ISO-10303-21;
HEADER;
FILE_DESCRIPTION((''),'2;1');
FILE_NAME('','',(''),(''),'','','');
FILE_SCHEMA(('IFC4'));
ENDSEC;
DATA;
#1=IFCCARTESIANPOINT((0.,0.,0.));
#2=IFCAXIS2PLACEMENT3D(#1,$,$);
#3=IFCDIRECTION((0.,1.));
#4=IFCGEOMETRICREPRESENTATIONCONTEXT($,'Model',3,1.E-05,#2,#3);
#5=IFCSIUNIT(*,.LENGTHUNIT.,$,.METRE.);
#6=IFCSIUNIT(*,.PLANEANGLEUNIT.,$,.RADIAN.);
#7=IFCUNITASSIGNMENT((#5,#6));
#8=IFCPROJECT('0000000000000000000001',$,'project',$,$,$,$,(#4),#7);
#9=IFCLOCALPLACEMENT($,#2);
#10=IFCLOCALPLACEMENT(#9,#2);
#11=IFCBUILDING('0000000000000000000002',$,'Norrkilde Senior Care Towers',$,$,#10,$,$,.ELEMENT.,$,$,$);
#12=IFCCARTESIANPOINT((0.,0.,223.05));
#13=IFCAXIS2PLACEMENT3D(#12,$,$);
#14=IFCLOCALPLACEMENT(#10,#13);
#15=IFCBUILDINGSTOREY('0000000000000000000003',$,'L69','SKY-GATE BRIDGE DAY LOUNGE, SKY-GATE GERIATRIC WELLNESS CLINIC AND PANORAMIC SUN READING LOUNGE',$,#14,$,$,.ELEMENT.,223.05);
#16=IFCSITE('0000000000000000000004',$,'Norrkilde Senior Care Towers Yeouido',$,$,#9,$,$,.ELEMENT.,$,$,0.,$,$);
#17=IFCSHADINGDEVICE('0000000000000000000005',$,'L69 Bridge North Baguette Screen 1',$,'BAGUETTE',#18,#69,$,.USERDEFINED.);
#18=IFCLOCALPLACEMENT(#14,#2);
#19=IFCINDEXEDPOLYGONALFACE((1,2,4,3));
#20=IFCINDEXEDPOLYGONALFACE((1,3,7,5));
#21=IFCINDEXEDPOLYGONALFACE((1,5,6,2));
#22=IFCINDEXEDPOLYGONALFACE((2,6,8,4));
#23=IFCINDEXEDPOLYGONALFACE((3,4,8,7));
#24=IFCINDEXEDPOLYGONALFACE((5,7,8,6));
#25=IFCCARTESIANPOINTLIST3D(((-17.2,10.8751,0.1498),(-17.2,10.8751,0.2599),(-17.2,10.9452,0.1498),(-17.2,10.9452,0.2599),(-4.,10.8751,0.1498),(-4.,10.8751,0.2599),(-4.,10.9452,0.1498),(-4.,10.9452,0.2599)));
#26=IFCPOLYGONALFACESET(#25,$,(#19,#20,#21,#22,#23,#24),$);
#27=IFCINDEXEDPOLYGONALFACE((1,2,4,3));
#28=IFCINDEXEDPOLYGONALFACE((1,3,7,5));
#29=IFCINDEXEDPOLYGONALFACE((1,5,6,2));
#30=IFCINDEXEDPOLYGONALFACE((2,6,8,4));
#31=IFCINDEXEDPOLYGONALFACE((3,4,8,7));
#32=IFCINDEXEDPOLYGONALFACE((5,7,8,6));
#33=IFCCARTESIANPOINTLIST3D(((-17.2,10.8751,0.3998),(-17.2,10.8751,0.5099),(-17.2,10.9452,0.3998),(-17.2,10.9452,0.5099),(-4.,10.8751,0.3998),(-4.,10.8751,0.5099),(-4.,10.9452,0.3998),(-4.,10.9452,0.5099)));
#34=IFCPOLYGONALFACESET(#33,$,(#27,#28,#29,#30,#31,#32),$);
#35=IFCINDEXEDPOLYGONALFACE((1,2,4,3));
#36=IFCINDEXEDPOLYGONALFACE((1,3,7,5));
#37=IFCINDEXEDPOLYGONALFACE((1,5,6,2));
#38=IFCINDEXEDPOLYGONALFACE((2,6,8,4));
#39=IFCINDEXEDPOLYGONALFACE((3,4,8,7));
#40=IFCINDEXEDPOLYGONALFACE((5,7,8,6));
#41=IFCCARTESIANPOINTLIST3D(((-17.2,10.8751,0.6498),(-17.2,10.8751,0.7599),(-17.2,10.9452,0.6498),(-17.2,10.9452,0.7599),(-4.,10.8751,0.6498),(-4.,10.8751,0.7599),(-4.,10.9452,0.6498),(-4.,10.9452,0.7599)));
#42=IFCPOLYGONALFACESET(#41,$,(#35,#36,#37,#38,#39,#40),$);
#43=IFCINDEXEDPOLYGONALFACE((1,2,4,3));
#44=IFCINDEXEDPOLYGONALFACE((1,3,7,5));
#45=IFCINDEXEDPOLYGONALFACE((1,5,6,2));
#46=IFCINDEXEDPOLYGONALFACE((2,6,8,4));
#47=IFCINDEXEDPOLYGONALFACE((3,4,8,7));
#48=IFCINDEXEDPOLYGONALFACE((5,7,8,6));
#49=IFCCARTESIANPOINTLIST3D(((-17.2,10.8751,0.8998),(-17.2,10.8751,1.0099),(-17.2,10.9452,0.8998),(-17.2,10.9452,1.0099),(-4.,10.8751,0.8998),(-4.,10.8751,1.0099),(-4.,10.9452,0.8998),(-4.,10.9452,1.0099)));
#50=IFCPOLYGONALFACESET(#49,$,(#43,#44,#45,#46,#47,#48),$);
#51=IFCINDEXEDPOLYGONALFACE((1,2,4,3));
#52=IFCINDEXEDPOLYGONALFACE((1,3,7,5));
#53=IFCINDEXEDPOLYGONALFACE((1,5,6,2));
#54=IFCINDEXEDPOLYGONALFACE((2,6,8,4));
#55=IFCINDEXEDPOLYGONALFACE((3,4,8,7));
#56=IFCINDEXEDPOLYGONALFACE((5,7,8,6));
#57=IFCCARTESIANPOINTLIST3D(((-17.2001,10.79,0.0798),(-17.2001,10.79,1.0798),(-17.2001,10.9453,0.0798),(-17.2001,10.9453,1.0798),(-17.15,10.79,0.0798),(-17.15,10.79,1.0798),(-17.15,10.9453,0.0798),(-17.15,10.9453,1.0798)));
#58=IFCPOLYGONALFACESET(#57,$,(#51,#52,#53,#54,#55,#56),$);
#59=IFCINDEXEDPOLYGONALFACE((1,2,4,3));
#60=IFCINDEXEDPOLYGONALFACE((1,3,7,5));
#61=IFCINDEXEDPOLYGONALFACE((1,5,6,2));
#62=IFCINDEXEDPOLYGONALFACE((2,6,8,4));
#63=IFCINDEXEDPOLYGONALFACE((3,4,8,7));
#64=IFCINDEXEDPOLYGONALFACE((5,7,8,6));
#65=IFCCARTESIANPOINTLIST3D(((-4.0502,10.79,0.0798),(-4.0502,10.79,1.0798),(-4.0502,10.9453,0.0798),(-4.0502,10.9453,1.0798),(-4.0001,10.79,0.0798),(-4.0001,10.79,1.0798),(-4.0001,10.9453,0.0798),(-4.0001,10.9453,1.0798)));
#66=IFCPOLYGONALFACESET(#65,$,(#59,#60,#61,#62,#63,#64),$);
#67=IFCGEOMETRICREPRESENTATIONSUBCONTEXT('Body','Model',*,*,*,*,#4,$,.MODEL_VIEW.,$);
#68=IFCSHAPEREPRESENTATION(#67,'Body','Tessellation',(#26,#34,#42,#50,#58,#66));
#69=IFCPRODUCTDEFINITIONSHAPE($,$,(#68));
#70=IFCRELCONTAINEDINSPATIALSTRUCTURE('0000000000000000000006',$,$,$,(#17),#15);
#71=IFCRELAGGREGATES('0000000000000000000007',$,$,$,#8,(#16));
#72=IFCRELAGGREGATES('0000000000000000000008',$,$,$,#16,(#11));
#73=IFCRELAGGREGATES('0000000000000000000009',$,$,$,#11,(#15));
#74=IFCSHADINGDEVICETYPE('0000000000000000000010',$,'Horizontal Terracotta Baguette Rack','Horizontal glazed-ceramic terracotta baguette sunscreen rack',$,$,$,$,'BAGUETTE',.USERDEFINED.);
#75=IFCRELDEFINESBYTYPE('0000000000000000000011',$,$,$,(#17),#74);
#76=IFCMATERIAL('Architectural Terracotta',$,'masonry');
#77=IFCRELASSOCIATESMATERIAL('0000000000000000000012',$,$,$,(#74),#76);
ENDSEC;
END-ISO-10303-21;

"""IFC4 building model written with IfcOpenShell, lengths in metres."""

from ifc_helpers import new_model, si_unit, direction, frame, origin, origin_2d, place, context, subcontext, project, spatial, rectangle, extrude, source, transform, mapped, material, type_object, element, save


model = new_model("IFC4")

# Units and contexts
model_context = context("Model", 3, precision=1e-05, world=origin(), true_north=direction((0.0, 1.0)))
body_context = subcontext(model_context, "Body", "Model", "MODEL_VIEW")
ifc_project = project(units=[si_unit("LENGTHUNIT", "METRE"), si_unit("PLANEANGLEUNIT", "RADIAN")], contexts=[model_context])

# Site, building, storey
site_placement = place(None, origin())
site = spatial("IfcSite", under=ifc_project, at=site_placement, Name="Norrkilde Senior Care Towers Yeouido", CompositionType="ELEMENT", RefElevation=0.0)
building_placement = place(site_placement, origin())
building = spatial("IfcBuilding", under=site, at=building_placement, Name="Norrkilde Senior Care Towers", CompositionType="ELEMENT")
storey_placement = place(building_placement, frame((0.0, 0.0, 223.05)))
storey = spatial("IfcBuildingStorey", under=building, at=storey_placement, Name="L69", Description="SKY-GATE BRIDGE DAY LOUNGE, SKY-GATE GERIATRIC WELLNESS CLINIC AND PANORAMIC SUN READING LOUNGE", CompositionType="ELEMENT", Elevation=223.05)

# Shading device
ifc_material_1 = material(Name="Architectural Terracotta", Category="masonry")
shading_device_type = type_object("IfcShadingDeviceType", Name="Horizontal Terracotta Baguette Rack", Description="Horizontal glazed-ceramic terracotta baguette sunscreen rack", ElementType="BAGUETTE", PredefinedType="USERDEFINED", material=ifc_material_1)
shared_shape_1 = source(origin(), body_context, "Body", "SweptSolid", [
    extrude(rectangle(XDim=0.0701, YDim=0.1101, at=origin_2d()), frame((0.0, 0.0901, 0.125), z_axis=(1.0, 0.0, 0.0), x_axis=(0.0, 1.0, 0.0)), (0.0, 0.0, 1.0), 13.2),
    extrude(rectangle(XDim=0.0701, YDim=0.1101, at=origin_2d()), frame((0.0, 0.0901, 0.375), z_axis=(1.0, 0.0, 0.0), x_axis=(0.0, 1.0, 0.0)), (0.0, 0.0, 1.0), 13.2),
    extrude(rectangle(XDim=0.0701, YDim=0.1101, at=origin_2d()), frame((0.0, 0.0901, 0.625), z_axis=(1.0, 0.0, 0.0), x_axis=(0.0, 1.0, 0.0)), (0.0, 0.0, 1.0), 13.2),
    extrude(rectangle(XDim=0.0701, YDim=0.1101, at=origin_2d()), frame((0.0, 0.0901, 0.875), z_axis=(1.0, 0.0, 0.0), x_axis=(0.0, 1.0, 0.0)), (0.0, 0.0, 1.0), 13.2),
    extrude(rectangle(XDim=0.05, YDim=0.1553, at=origin_2d()), frame((0.0249, 0.0476, 0.0)), (0.0, 0.0, 1.0), 1.0),
    extrude(rectangle(XDim=0.05, YDim=0.1553, at=origin_2d()), frame((13.1748, 0.0476, 0.0)), (0.0, 0.0, 1.0), 1.0),
])
shading_device_1_placement = place(storey_placement, frame((-17.2, 10.8201, 0.0798), z_axis=(0.0, 0.0, 1.0), x_axis=(1.0, 0.0, 0.0)))
element("IfcShadingDevice", 1, at=shading_device_1_placement, inside=storey, type_object=shading_device_type, Name="L69 Bridge North Baguette Screen 1", ObjectType="BAGUETTE", PredefinedType="USERDEFINED", context=body_context, shape_type="MappedRepresentation", body=[
    mapped(shared_shape_1, transform((0.0, 0.0, 0.0), x_axis=(1.0, 0.0, 0.0), y_axis=(0.0, 1.0, 0.0), z_axis=(0.0, 0.0, 1.0), scale=1.0)),
])

save(model, "model.ifc")
